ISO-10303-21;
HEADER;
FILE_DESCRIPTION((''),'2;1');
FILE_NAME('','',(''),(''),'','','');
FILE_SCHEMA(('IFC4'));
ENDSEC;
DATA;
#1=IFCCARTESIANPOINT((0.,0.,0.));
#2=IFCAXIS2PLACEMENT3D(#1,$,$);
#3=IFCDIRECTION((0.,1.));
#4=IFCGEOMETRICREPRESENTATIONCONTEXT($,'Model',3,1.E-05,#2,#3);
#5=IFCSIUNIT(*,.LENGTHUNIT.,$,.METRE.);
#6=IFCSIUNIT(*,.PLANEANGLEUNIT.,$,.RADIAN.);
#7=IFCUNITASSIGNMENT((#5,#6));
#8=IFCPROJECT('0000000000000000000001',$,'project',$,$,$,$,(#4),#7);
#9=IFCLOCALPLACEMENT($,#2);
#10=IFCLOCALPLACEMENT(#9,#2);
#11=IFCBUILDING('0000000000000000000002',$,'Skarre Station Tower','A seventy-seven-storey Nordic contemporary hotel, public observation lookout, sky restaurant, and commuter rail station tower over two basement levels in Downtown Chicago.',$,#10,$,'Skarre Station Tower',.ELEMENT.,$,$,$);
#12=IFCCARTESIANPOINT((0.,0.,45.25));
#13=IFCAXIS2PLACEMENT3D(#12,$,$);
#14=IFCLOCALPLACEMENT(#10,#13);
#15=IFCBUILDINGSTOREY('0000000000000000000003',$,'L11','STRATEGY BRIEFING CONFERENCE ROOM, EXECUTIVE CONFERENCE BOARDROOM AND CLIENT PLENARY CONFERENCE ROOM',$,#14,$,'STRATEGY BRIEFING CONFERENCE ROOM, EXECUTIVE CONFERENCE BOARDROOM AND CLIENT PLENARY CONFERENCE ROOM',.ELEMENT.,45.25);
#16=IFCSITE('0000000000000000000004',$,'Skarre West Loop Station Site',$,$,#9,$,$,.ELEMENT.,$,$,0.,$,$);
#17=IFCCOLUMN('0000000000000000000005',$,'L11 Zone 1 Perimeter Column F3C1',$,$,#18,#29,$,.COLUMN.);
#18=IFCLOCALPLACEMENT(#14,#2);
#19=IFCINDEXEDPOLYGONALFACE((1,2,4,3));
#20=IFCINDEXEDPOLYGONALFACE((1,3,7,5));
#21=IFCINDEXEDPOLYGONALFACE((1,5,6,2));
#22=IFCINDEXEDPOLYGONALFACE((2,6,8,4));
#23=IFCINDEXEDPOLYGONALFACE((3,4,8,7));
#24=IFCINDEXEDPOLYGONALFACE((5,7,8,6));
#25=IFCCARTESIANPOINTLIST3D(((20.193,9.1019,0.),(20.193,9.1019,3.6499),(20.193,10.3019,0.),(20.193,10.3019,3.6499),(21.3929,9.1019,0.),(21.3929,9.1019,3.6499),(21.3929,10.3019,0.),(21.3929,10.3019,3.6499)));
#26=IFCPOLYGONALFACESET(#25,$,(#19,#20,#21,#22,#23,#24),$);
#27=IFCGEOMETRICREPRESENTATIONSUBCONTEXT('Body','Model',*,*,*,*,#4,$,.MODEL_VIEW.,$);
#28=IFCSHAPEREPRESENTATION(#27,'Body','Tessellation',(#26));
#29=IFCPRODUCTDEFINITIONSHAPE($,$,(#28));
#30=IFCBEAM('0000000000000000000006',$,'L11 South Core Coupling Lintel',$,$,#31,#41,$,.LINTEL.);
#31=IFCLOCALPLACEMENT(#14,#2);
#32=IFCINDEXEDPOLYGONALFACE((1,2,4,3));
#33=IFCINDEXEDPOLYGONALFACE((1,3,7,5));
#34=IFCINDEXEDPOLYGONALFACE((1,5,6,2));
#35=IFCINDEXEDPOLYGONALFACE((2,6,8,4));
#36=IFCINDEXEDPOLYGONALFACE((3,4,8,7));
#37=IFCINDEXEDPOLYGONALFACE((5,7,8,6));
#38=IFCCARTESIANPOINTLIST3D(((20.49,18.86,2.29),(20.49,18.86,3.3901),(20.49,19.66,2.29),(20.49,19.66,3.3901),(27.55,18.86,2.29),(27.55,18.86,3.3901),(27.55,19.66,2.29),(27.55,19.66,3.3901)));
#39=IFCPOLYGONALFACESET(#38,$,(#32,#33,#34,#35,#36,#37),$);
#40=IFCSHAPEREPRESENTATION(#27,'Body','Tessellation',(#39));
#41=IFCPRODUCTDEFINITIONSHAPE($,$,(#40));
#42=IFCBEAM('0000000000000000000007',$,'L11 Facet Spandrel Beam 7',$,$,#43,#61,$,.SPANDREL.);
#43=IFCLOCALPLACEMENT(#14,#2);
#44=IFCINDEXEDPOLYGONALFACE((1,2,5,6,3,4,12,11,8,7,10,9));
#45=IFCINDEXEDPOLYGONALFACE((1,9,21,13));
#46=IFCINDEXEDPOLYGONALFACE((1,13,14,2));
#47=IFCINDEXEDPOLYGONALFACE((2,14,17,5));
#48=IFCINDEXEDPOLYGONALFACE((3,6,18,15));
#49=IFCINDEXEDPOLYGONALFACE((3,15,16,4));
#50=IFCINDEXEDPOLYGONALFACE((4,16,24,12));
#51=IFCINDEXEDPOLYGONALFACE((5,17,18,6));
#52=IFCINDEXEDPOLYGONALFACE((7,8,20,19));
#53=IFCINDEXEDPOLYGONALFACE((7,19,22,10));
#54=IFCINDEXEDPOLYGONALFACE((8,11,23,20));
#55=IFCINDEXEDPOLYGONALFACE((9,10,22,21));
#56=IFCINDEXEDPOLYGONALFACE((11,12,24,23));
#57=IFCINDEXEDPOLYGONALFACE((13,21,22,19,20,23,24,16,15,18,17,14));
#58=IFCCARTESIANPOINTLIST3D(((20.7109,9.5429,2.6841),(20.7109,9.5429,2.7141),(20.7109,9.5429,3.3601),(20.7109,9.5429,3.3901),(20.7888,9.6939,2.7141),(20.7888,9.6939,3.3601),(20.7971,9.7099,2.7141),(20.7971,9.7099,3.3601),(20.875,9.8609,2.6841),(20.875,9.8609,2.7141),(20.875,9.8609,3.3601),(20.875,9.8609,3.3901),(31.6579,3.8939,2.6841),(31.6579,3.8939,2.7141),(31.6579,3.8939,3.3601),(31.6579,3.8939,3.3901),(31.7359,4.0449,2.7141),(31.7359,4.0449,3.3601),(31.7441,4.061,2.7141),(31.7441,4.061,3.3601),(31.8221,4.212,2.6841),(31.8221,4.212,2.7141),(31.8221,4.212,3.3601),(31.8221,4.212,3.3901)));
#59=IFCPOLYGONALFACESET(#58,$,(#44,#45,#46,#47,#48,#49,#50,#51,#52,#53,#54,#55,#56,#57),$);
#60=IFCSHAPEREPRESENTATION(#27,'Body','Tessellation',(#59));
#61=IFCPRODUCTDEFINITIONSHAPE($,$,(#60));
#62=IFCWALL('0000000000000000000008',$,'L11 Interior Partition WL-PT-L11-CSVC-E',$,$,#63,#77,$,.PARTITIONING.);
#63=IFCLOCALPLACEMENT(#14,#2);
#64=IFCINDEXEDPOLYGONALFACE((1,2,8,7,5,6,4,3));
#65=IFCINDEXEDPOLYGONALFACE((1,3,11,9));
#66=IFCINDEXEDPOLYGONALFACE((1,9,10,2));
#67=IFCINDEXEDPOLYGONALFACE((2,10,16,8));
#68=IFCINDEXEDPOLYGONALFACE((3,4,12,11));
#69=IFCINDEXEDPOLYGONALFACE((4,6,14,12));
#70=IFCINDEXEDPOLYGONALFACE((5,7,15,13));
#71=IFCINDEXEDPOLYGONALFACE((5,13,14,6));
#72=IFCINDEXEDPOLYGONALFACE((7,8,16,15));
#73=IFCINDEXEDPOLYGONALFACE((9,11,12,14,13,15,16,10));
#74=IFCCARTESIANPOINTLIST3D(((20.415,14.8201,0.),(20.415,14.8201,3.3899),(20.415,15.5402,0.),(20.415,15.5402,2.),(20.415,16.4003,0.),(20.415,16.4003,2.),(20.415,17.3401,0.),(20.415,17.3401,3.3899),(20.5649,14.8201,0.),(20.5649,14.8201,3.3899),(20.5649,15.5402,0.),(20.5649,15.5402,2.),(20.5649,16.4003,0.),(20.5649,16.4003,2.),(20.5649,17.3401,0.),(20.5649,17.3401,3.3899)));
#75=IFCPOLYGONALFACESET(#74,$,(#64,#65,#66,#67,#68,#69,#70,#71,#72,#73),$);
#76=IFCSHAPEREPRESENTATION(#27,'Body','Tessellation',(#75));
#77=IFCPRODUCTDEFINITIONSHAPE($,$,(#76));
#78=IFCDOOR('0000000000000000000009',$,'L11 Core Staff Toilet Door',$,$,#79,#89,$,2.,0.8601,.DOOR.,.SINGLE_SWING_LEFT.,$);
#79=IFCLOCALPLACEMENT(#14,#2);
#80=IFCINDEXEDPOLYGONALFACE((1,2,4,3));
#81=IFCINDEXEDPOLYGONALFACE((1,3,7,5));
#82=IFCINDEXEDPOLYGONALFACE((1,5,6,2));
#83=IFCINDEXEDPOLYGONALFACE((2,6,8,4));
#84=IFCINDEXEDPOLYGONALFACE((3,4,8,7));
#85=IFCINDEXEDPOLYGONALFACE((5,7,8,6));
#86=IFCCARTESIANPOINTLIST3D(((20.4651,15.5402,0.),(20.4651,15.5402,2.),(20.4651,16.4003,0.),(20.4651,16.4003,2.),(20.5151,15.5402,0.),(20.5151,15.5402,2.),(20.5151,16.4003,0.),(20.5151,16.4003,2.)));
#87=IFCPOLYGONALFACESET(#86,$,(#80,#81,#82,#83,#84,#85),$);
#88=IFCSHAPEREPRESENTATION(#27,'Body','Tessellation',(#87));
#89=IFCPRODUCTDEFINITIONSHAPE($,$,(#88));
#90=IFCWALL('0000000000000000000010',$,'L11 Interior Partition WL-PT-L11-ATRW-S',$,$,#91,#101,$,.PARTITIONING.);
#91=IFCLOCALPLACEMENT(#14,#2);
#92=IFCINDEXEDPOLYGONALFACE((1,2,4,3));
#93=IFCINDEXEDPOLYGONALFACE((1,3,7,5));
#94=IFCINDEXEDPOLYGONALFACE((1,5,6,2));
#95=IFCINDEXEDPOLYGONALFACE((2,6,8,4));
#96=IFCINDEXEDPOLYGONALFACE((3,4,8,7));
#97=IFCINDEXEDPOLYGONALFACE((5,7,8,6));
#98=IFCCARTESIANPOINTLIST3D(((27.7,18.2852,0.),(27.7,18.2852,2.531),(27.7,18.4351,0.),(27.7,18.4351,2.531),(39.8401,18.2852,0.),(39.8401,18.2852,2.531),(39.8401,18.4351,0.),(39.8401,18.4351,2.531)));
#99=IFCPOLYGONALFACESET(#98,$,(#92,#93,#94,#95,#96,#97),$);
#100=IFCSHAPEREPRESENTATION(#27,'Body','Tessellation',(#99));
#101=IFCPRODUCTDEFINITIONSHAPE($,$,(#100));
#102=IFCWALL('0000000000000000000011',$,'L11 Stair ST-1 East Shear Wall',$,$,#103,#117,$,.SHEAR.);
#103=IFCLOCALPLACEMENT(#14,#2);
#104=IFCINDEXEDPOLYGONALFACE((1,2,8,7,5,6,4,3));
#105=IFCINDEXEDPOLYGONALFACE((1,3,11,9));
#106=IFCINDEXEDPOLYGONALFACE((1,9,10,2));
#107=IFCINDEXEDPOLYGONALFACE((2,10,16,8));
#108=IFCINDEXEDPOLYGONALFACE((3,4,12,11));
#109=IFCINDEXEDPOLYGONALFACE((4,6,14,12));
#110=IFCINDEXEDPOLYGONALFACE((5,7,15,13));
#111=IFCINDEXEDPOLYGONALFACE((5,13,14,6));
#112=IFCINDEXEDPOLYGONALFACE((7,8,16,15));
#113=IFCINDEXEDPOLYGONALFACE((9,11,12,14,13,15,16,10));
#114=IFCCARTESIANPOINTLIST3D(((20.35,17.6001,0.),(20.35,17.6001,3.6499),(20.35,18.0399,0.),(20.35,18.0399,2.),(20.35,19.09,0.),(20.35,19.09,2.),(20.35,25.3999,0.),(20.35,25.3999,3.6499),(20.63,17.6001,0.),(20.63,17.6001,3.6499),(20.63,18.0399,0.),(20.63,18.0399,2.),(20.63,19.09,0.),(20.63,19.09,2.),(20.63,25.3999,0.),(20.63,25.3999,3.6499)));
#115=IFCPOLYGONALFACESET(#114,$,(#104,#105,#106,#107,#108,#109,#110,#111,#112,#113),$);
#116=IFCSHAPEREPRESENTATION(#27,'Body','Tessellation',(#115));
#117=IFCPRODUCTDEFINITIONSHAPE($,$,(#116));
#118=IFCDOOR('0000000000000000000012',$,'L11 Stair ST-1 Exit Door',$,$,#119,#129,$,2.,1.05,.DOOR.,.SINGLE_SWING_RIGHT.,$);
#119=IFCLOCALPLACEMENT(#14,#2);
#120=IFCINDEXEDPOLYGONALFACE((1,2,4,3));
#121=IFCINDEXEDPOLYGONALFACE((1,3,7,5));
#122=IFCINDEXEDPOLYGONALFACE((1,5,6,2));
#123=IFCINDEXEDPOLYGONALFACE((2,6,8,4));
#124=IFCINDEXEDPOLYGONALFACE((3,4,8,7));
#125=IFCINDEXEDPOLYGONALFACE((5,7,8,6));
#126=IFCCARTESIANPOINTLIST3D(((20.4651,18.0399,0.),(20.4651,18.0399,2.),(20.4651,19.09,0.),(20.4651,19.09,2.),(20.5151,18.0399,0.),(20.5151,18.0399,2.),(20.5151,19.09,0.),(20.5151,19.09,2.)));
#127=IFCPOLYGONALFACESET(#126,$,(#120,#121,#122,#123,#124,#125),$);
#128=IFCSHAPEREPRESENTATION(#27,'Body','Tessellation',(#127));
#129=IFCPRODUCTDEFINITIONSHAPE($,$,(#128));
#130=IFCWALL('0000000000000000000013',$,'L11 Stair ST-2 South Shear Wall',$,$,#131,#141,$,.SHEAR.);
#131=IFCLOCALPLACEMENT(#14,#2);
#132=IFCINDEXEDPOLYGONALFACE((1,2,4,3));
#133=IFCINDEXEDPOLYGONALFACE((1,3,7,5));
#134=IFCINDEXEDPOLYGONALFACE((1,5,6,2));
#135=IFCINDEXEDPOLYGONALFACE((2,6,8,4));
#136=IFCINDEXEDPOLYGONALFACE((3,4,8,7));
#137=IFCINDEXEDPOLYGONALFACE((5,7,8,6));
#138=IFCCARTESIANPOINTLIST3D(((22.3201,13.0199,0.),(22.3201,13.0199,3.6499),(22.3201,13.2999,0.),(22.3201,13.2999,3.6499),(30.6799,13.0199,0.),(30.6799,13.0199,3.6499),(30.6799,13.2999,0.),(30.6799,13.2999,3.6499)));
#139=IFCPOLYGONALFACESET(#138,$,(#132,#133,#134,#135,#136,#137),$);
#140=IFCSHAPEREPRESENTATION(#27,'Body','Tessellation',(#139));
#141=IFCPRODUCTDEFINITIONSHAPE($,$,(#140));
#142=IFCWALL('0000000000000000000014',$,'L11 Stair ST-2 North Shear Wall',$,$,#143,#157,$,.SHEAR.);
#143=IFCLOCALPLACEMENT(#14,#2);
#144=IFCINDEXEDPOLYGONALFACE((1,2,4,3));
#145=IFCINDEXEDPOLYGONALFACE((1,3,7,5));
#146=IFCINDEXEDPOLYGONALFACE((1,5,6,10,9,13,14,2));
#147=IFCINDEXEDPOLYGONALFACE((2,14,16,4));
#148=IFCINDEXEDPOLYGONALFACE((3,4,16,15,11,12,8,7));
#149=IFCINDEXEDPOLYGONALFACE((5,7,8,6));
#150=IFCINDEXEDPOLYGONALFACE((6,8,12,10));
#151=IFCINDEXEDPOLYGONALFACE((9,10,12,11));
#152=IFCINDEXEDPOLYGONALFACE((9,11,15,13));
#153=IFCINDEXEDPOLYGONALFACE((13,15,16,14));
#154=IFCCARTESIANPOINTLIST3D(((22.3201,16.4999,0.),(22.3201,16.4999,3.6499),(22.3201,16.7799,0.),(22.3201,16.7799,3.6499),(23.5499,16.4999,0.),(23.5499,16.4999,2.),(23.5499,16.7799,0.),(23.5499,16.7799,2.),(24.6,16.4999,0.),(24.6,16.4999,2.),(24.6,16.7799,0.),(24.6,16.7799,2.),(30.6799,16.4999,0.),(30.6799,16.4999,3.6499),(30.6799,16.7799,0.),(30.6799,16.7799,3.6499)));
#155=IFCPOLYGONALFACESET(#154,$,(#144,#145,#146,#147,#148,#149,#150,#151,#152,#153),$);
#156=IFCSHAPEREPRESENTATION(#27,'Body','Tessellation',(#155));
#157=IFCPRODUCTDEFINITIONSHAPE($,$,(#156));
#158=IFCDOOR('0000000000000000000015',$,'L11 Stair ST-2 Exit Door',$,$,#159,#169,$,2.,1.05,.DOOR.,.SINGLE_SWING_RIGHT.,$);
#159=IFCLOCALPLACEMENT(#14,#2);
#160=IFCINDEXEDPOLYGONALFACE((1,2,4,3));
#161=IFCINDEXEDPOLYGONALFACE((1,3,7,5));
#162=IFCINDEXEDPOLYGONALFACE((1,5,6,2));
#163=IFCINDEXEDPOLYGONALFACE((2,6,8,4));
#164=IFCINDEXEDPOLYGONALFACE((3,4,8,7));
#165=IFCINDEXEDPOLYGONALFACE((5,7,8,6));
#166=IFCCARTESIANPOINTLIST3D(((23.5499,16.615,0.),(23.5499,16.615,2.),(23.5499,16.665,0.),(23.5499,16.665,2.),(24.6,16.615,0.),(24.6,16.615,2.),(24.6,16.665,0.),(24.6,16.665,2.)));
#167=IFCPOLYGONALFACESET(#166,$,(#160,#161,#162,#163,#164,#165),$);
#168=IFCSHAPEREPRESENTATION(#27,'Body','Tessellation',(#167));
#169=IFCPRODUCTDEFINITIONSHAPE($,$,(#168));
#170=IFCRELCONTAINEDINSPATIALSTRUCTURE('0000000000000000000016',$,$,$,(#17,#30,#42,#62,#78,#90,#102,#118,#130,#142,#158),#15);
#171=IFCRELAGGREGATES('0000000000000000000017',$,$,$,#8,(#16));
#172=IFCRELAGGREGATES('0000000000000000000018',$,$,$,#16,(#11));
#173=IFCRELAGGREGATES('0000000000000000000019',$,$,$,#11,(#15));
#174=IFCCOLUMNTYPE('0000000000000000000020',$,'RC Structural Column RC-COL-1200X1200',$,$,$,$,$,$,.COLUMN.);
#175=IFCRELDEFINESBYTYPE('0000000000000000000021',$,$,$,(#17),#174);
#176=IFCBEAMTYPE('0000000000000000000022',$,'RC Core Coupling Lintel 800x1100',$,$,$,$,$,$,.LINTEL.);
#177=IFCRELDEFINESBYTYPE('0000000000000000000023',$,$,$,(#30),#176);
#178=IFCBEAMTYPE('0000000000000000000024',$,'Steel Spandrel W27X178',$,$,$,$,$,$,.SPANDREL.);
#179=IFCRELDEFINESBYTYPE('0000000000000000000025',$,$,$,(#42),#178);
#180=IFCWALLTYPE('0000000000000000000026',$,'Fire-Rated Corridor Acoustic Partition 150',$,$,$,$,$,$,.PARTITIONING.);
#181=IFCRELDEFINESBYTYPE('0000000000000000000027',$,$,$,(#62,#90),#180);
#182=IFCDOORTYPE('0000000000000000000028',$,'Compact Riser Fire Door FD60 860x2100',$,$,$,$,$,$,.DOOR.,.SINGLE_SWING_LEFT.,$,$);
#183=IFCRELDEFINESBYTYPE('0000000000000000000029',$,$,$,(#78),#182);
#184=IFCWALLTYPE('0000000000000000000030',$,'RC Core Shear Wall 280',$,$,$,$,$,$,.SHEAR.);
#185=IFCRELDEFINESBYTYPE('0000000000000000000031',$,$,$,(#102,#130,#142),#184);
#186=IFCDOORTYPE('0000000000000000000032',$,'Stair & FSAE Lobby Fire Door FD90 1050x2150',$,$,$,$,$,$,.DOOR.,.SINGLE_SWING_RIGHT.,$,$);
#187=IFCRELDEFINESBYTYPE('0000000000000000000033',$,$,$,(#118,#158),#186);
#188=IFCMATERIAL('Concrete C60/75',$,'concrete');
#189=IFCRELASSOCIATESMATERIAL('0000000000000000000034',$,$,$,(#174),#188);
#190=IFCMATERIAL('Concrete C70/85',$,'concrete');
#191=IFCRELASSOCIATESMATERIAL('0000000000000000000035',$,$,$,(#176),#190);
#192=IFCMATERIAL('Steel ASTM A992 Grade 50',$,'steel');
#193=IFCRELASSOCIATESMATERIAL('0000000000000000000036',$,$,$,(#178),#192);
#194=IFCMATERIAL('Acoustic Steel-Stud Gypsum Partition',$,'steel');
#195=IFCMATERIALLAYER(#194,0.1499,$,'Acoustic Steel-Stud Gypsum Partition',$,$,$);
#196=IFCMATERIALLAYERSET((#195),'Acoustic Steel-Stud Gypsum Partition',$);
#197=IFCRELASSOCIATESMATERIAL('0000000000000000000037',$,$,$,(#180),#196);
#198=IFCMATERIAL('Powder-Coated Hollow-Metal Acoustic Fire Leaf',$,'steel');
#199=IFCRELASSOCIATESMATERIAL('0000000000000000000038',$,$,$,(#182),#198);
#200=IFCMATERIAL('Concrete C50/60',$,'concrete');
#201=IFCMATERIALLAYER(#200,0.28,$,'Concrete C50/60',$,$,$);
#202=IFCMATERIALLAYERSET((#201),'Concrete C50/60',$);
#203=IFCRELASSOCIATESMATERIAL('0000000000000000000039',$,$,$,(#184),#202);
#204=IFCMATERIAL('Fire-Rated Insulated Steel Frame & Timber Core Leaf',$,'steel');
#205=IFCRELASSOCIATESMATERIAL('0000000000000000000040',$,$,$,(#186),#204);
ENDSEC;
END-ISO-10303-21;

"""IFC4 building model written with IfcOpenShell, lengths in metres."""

from ifc_helpers import new_model, si_unit, direction, frame, frame_2d, origin, origin_2d, place, context, subcontext, project, spatial, rectangle, i_section, extrude, material, layer, layer_set, material_profile, profile_set, type_object, element, fill, save


model = new_model("IFC4")

# Units and contexts
model_context = context("Model", 3, precision=1e-05, world=origin(), true_north=direction((0.0, 1.0)))
body_context = subcontext(model_context, "Body", "Model", "MODEL_VIEW")
ifc_project = project(units=[si_unit("LENGTHUNIT", "METRE"), si_unit("PLANEANGLEUNIT", "RADIAN")], contexts=[model_context])

# Site, building, storey
site_placement = place(None, origin())
site = spatial("IfcSite", under=ifc_project, at=site_placement, Name="Skarre West Loop Station Site", CompositionType="ELEMENT", RefElevation=0.0)
building_placement = place(site_placement, origin())
building = spatial("IfcBuilding", under=site, at=building_placement, Name="Skarre Station Tower", Description="A seventy-seven-storey Nordic contemporary hotel, public observation lookout, sky restaurant, and commuter rail station tower over two basement levels in Downtown Chicago.", LongName="Skarre Station Tower", CompositionType="ELEMENT")
storey_placement = place(building_placement, frame((0.0, 0.0, 45.25)))
storey = spatial("IfcBuildingStorey", under=building, at=storey_placement, Name="L11", Description="STRATEGY BRIEFING CONFERENCE ROOM, EXECUTIVE CONFERENCE BOARDROOM AND CLIENT PLENARY CONFERENCE ROOM", LongName="STRATEGY BRIEFING CONFERENCE ROOM, EXECUTIVE CONFERENCE BOARDROOM AND CLIENT PLENARY CONFERENCE ROOM", CompositionType="ELEMENT", Elevation=45.25)

# Column
ifc_material_1 = material(Name="Concrete C60/75", Category="concrete")
ifc_material_profile_1 = material_profile(ifc_material_1, rectangle(XDim=1.2, YDim=1.2, at=origin_2d()), Name="Concrete C60/75")
ifc_profile_set_1 = profile_set([ifc_material_profile_1], Name="Concrete C60/75")
column_type = type_object("IfcColumnType", Name="RC Structural Column RC-COL-1200X1200", PredefinedType="COLUMN", material=ifc_profile_set_1)
column_placement = place(storey_placement, frame((20.793, 9.7019, 0.0), z_axis=(0.0, 0.0, 1.0), x_axis=(1.0, 0.0, 0.0)))
element("IfcColumn", 1, at=column_placement, inside=storey, type_object=column_type, Name="L11 Zone 1 Perimeter Column F3C1", PredefinedType="COLUMN", context=body_context, shape_type="SweptSolid", body=[
    extrude(rectangle(XDim=1.2, YDim=1.2, at=origin_2d()), origin(), (0.0, 0.0, 1.0), 3.6499),
])

# Beams
ifc_material_2 = material(Name="Concrete C70/85", Category="concrete")
ifc_material_profile_2 = material_profile(ifc_material_2, rectangle(XDim=0.8, YDim=1.1001, at=origin_2d()), Name="Concrete C70/85")
ifc_profile_set_2 = profile_set([ifc_material_profile_2], Name="Concrete C70/85")
beam_type_1 = type_object("IfcBeamType", Name="RC Core Coupling Lintel 800x1100", PredefinedType="LINTEL", material=ifc_profile_set_2)
beam_1_placement = place(storey_placement, frame((20.49, 19.26, 2.8401), z_axis=(1.0, 0.0, 0.0), x_axis=(0.0, 1.0, 0.0)))
element("IfcBeam", 2, at=beam_1_placement, inside=storey, type_object=beam_type_1, Name="L11 South Core Coupling Lintel", PredefinedType="LINTEL", context=body_context, shape_type="SweptSolid", body=[
    extrude(rectangle(XDim=0.8, YDim=1.1001, at=origin_2d()), origin(), (0.0, 0.0, 1.0), 7.0601),
])
ifc_material_3 = material(Name="Steel ASTM A992 Grade 50", Category="steel")
ifc_material_profile_3 = material_profile(ifc_material_3, i_section(OverallWidth=0.3579, OverallDepth=0.7061, WebThickness=0.0181, FlangeThickness=0.03, at=origin_2d()), Name="Steel ASTM A992 Grade 50")
ifc_profile_set_3 = profile_set([ifc_material_profile_3], Name="Steel ASTM A992 Grade 50")
beam_type_2 = type_object("IfcBeamType", Name="Steel Spandrel W27X178", PredefinedType="SPANDREL", material=ifc_profile_set_3)
beam_2_placement = place(storey_placement, frame((20.793, 9.7019, 3.0371), z_axis=(0.888659, -0.458569, 0.0), x_axis=(0.458569, 0.888659, 0.0)))
element("IfcBeam", 3, at=beam_2_placement, inside=storey, type_object=beam_type_2, Name="L11 Facet Spandrel Beam 7", PredefinedType="SPANDREL", context=body_context, shape_type="SweptSolid", body=[
    extrude(i_section(OverallWidth=0.3579, OverallDepth=0.7061, WebThickness=0.0181, FlangeThickness=0.03, at=origin_2d()), origin(), (0.0, 0.0, 1.0), 12.3186),
])

# Wall, opening, door
ifc_material_4 = material(Name="Acoustic Steel-Stud Gypsum Partition", Category="steel")
ifc_layer_1 = layer(ifc_material_4, 0.1499, Name="Acoustic Steel-Stud Gypsum Partition")
ifc_layer_set_1 = layer_set([ifc_layer_1], Name="Acoustic Steel-Stud Gypsum Partition")
wall_type_1 = type_object("IfcWallType", Name="Fire-Rated Corridor Acoustic Partition 150", PredefinedType="PARTITIONING", material=ifc_layer_set_1)
wall_1_placement = place(storey_placement, frame((20.49, 14.8201, 0.0), z_axis=(0.0, 0.0, 1.0), x_axis=(0.0, 1.0, 0.0)))
wall_1 = element("IfcWall", 4, at=wall_1_placement, inside=storey, type_object=wall_type_1, Name="L11 Interior Partition WL-PT-L11-CSVC-E", PredefinedType="PARTITIONING", context=body_context, shape_type="SweptSolid", body=[
    extrude(rectangle(XDim=2.52, YDim=0.1499, at=frame_2d((1.26, 0.0))), origin(), (0.0, 0.0, 1.0), 3.3899),
])
opening_1_placement = place(wall_1_placement, frame((0.72, 0.0, 0.0)))
opening_1 = element("IfcOpeningElement", 5, at=opening_1_placement, cuts=wall_1, PredefinedType="OPENING", context=body_context, shape_type="SweptSolid", body=[
    extrude(rectangle(XDim=0.8601, YDim=2.0, at=frame_2d((0.4302, 1.0))), frame((0.0, 0.085, 0.0), z_axis=(0.0, -1.0, 0.0), x_axis=(1.0, 0.0, 0.0)), (0.0, 0.0, 1.0), 0.1699),
])
ifc_material_5 = material(Name="Powder-Coated Hollow-Metal Acoustic Fire Leaf", Category="steel")
door_type_1 = type_object("IfcDoorType", Name="Compact Riser Fire Door FD60 860x2100", OperationType="SINGLE_SWING_LEFT", PredefinedType="DOOR", material=ifc_material_5)
door_1_placement = place(opening_1_placement, origin())
door_1 = element("IfcDoor", 6, at=door_1_placement, inside=storey, type_object=door_type_1, Name="L11 Core Staff Toilet Door", OperationType="SINGLE_SWING_LEFT", OverallHeight=2.0, OverallWidth=0.8601, PredefinedType="DOOR", context=body_context, shape_type="SweptSolid", body=[
    extrude(rectangle(XDim=0.8601, YDim=2.0, at=frame_2d((0.4302, 1.0))), frame((0.0, 0.0249, 0.0), z_axis=(0.0, -1.0, 0.0), x_axis=(1.0, 0.0, 0.0)), (0.0, 0.0, 1.0), 0.05),
])
fill(opening_1, door_1)

# Wall
wall_2_placement = place(storey_placement, frame((27.7, 18.3601, 0.0), z_axis=(0.0, 0.0, 1.0), x_axis=(1.0, 0.0, 0.0)))
element("IfcWall", 7, at=wall_2_placement, inside=storey, type_object=wall_type_1, Name="L11 Interior Partition WL-PT-L11-ATRW-S", PredefinedType="PARTITIONING", context=body_context, shape_type="SweptSolid", body=[
    extrude(rectangle(XDim=12.1401, YDim=0.1499, at=frame_2d((6.0701, 0.0))), origin(), (0.0, 0.0, 1.0), 2.531),
])

# Wall, opening, door
ifc_material_6 = material(Name="Concrete C50/60", Category="concrete")
ifc_layer_2 = layer(ifc_material_6, 0.28, Name="Concrete C50/60")
ifc_layer_set_2 = layer_set([ifc_layer_2], Name="Concrete C50/60")
wall_type_2 = type_object("IfcWallType", Name="RC Core Shear Wall 280", PredefinedType="SHEAR", material=ifc_layer_set_2)
wall_3_placement = place(storey_placement, frame((20.49, 17.6001, 0.0), z_axis=(0.0, 0.0, 1.0), x_axis=(0.0, 1.0, 0.0)))
wall_3 = element("IfcWall", 8, at=wall_3_placement, inside=storey, type_object=wall_type_2, Name="L11 Stair ST-1 East Shear Wall", PredefinedType="SHEAR", context=body_context, shape_type="SweptSolid", body=[
    extrude(rectangle(XDim=7.7998, YDim=0.28, at=frame_2d((3.8999, 0.0))), origin(), (0.0, 0.0, 1.0), 3.6499),
])
opening_2_placement = place(wall_3_placement, frame((0.4399, 0.0, 0.0)))
opening_2 = element("IfcOpeningElement", 9, at=opening_2_placement, cuts=wall_3, PredefinedType="OPENING", context=body_context, shape_type="SweptSolid", body=[
    extrude(rectangle(XDim=1.05, YDim=2.0, at=frame_2d((0.5249, 1.0))), frame((0.0, 0.1499, 0.0), z_axis=(0.0, -1.0, 0.0), x_axis=(1.0, 0.0, 0.0)), (0.0, 0.0, 1.0), 0.3),
])
ifc_material_7 = material(Name="Fire-Rated Insulated Steel Frame & Timber Core Leaf", Category="steel")
door_type_2 = type_object("IfcDoorType", Name="Stair & FSAE Lobby Fire Door FD90 1050x2150", OperationType="SINGLE_SWING_RIGHT", PredefinedType="DOOR", material=ifc_material_7)
door_2_placement = place(opening_2_placement, origin())
door_2 = element("IfcDoor", 10, at=door_2_placement, inside=storey, type_object=door_type_2, Name="L11 Stair ST-1 Exit Door", OperationType="SINGLE_SWING_RIGHT", OverallHeight=2.0, OverallWidth=1.05, PredefinedType="DOOR", context=body_context, shape_type="SweptSolid", body=[
    extrude(rectangle(XDim=1.05, YDim=2.0, at=frame_2d((0.5249, 1.0))), frame((0.0, 0.0249, 0.0), z_axis=(0.0, -1.0, 0.0), x_axis=(1.0, 0.0, 0.0)), (0.0, 0.0, 1.0), 0.05),
])
fill(opening_2, door_2)

# Wall
wall_4_placement = place(storey_placement, frame((22.3201, 13.1599, 0.0), z_axis=(0.0, 0.0, 1.0), x_axis=(1.0, 0.0, 0.0)))
element("IfcWall", 11, at=wall_4_placement, inside=storey, type_object=wall_type_2, Name="L11 Stair ST-2 South Shear Wall", PredefinedType="SHEAR", context=body_context, shape_type="SweptSolid", body=[
    extrude(rectangle(XDim=8.3599, YDim=0.28, at=frame_2d((4.1799, 0.0))), origin(), (0.0, 0.0, 1.0), 3.6499),
])

# Wall, opening, door
wall_5_placement = place(storey_placement, frame((30.6799, 16.6399, 0.0), z_axis=(0.0, 0.0, 1.0), x_axis=(-1.0, 0.0, 0.0)))
wall_5 = element("IfcWall", 12, at=wall_5_placement, inside=storey, type_object=wall_type_2, Name="L11 Stair ST-2 North Shear Wall", PredefinedType="SHEAR", context=body_context, shape_type="SweptSolid", body=[
    extrude(rectangle(XDim=8.3599, YDim=0.28, at=frame_2d((4.1799, 0.0))), origin(), (0.0, 0.0, 1.0), 3.6499),
])
opening_3_placement = place(wall_5_placement, frame((6.0801, 0.0, 0.0)))
opening_3 = element("IfcOpeningElement", 13, at=opening_3_placement, cuts=wall_5, PredefinedType="OPENING", context=body_context, shape_type="SweptSolid", body=[
    extrude(rectangle(XDim=1.05, YDim=2.0, at=frame_2d((0.5249, 1.0))), frame((0.0, 0.1499, 0.0), z_axis=(0.0, -1.0, 0.0), x_axis=(1.0, 0.0, 0.0)), (0.0, 0.0, 1.0), 0.3),
])
door_3_placement = place(opening_3_placement, origin())
door_3 = element("IfcDoor", 14, at=door_3_placement, inside=storey, type_object=door_type_2, Name="L11 Stair ST-2 Exit Door", OperationType="SINGLE_SWING_RIGHT", OverallHeight=2.0, OverallWidth=1.05, PredefinedType="DOOR", context=body_context, shape_type="SweptSolid", body=[
    extrude(rectangle(XDim=1.05, YDim=2.0, at=frame_2d((0.5249, 1.0))), frame((0.0, 0.0249, 0.0), z_axis=(0.0, -1.0, 0.0), x_axis=(1.0, 0.0, 0.0)), (0.0, 0.0, 1.0), 0.05),
])
fill(opening_3, door_3)

save(model, "model.ifc")
